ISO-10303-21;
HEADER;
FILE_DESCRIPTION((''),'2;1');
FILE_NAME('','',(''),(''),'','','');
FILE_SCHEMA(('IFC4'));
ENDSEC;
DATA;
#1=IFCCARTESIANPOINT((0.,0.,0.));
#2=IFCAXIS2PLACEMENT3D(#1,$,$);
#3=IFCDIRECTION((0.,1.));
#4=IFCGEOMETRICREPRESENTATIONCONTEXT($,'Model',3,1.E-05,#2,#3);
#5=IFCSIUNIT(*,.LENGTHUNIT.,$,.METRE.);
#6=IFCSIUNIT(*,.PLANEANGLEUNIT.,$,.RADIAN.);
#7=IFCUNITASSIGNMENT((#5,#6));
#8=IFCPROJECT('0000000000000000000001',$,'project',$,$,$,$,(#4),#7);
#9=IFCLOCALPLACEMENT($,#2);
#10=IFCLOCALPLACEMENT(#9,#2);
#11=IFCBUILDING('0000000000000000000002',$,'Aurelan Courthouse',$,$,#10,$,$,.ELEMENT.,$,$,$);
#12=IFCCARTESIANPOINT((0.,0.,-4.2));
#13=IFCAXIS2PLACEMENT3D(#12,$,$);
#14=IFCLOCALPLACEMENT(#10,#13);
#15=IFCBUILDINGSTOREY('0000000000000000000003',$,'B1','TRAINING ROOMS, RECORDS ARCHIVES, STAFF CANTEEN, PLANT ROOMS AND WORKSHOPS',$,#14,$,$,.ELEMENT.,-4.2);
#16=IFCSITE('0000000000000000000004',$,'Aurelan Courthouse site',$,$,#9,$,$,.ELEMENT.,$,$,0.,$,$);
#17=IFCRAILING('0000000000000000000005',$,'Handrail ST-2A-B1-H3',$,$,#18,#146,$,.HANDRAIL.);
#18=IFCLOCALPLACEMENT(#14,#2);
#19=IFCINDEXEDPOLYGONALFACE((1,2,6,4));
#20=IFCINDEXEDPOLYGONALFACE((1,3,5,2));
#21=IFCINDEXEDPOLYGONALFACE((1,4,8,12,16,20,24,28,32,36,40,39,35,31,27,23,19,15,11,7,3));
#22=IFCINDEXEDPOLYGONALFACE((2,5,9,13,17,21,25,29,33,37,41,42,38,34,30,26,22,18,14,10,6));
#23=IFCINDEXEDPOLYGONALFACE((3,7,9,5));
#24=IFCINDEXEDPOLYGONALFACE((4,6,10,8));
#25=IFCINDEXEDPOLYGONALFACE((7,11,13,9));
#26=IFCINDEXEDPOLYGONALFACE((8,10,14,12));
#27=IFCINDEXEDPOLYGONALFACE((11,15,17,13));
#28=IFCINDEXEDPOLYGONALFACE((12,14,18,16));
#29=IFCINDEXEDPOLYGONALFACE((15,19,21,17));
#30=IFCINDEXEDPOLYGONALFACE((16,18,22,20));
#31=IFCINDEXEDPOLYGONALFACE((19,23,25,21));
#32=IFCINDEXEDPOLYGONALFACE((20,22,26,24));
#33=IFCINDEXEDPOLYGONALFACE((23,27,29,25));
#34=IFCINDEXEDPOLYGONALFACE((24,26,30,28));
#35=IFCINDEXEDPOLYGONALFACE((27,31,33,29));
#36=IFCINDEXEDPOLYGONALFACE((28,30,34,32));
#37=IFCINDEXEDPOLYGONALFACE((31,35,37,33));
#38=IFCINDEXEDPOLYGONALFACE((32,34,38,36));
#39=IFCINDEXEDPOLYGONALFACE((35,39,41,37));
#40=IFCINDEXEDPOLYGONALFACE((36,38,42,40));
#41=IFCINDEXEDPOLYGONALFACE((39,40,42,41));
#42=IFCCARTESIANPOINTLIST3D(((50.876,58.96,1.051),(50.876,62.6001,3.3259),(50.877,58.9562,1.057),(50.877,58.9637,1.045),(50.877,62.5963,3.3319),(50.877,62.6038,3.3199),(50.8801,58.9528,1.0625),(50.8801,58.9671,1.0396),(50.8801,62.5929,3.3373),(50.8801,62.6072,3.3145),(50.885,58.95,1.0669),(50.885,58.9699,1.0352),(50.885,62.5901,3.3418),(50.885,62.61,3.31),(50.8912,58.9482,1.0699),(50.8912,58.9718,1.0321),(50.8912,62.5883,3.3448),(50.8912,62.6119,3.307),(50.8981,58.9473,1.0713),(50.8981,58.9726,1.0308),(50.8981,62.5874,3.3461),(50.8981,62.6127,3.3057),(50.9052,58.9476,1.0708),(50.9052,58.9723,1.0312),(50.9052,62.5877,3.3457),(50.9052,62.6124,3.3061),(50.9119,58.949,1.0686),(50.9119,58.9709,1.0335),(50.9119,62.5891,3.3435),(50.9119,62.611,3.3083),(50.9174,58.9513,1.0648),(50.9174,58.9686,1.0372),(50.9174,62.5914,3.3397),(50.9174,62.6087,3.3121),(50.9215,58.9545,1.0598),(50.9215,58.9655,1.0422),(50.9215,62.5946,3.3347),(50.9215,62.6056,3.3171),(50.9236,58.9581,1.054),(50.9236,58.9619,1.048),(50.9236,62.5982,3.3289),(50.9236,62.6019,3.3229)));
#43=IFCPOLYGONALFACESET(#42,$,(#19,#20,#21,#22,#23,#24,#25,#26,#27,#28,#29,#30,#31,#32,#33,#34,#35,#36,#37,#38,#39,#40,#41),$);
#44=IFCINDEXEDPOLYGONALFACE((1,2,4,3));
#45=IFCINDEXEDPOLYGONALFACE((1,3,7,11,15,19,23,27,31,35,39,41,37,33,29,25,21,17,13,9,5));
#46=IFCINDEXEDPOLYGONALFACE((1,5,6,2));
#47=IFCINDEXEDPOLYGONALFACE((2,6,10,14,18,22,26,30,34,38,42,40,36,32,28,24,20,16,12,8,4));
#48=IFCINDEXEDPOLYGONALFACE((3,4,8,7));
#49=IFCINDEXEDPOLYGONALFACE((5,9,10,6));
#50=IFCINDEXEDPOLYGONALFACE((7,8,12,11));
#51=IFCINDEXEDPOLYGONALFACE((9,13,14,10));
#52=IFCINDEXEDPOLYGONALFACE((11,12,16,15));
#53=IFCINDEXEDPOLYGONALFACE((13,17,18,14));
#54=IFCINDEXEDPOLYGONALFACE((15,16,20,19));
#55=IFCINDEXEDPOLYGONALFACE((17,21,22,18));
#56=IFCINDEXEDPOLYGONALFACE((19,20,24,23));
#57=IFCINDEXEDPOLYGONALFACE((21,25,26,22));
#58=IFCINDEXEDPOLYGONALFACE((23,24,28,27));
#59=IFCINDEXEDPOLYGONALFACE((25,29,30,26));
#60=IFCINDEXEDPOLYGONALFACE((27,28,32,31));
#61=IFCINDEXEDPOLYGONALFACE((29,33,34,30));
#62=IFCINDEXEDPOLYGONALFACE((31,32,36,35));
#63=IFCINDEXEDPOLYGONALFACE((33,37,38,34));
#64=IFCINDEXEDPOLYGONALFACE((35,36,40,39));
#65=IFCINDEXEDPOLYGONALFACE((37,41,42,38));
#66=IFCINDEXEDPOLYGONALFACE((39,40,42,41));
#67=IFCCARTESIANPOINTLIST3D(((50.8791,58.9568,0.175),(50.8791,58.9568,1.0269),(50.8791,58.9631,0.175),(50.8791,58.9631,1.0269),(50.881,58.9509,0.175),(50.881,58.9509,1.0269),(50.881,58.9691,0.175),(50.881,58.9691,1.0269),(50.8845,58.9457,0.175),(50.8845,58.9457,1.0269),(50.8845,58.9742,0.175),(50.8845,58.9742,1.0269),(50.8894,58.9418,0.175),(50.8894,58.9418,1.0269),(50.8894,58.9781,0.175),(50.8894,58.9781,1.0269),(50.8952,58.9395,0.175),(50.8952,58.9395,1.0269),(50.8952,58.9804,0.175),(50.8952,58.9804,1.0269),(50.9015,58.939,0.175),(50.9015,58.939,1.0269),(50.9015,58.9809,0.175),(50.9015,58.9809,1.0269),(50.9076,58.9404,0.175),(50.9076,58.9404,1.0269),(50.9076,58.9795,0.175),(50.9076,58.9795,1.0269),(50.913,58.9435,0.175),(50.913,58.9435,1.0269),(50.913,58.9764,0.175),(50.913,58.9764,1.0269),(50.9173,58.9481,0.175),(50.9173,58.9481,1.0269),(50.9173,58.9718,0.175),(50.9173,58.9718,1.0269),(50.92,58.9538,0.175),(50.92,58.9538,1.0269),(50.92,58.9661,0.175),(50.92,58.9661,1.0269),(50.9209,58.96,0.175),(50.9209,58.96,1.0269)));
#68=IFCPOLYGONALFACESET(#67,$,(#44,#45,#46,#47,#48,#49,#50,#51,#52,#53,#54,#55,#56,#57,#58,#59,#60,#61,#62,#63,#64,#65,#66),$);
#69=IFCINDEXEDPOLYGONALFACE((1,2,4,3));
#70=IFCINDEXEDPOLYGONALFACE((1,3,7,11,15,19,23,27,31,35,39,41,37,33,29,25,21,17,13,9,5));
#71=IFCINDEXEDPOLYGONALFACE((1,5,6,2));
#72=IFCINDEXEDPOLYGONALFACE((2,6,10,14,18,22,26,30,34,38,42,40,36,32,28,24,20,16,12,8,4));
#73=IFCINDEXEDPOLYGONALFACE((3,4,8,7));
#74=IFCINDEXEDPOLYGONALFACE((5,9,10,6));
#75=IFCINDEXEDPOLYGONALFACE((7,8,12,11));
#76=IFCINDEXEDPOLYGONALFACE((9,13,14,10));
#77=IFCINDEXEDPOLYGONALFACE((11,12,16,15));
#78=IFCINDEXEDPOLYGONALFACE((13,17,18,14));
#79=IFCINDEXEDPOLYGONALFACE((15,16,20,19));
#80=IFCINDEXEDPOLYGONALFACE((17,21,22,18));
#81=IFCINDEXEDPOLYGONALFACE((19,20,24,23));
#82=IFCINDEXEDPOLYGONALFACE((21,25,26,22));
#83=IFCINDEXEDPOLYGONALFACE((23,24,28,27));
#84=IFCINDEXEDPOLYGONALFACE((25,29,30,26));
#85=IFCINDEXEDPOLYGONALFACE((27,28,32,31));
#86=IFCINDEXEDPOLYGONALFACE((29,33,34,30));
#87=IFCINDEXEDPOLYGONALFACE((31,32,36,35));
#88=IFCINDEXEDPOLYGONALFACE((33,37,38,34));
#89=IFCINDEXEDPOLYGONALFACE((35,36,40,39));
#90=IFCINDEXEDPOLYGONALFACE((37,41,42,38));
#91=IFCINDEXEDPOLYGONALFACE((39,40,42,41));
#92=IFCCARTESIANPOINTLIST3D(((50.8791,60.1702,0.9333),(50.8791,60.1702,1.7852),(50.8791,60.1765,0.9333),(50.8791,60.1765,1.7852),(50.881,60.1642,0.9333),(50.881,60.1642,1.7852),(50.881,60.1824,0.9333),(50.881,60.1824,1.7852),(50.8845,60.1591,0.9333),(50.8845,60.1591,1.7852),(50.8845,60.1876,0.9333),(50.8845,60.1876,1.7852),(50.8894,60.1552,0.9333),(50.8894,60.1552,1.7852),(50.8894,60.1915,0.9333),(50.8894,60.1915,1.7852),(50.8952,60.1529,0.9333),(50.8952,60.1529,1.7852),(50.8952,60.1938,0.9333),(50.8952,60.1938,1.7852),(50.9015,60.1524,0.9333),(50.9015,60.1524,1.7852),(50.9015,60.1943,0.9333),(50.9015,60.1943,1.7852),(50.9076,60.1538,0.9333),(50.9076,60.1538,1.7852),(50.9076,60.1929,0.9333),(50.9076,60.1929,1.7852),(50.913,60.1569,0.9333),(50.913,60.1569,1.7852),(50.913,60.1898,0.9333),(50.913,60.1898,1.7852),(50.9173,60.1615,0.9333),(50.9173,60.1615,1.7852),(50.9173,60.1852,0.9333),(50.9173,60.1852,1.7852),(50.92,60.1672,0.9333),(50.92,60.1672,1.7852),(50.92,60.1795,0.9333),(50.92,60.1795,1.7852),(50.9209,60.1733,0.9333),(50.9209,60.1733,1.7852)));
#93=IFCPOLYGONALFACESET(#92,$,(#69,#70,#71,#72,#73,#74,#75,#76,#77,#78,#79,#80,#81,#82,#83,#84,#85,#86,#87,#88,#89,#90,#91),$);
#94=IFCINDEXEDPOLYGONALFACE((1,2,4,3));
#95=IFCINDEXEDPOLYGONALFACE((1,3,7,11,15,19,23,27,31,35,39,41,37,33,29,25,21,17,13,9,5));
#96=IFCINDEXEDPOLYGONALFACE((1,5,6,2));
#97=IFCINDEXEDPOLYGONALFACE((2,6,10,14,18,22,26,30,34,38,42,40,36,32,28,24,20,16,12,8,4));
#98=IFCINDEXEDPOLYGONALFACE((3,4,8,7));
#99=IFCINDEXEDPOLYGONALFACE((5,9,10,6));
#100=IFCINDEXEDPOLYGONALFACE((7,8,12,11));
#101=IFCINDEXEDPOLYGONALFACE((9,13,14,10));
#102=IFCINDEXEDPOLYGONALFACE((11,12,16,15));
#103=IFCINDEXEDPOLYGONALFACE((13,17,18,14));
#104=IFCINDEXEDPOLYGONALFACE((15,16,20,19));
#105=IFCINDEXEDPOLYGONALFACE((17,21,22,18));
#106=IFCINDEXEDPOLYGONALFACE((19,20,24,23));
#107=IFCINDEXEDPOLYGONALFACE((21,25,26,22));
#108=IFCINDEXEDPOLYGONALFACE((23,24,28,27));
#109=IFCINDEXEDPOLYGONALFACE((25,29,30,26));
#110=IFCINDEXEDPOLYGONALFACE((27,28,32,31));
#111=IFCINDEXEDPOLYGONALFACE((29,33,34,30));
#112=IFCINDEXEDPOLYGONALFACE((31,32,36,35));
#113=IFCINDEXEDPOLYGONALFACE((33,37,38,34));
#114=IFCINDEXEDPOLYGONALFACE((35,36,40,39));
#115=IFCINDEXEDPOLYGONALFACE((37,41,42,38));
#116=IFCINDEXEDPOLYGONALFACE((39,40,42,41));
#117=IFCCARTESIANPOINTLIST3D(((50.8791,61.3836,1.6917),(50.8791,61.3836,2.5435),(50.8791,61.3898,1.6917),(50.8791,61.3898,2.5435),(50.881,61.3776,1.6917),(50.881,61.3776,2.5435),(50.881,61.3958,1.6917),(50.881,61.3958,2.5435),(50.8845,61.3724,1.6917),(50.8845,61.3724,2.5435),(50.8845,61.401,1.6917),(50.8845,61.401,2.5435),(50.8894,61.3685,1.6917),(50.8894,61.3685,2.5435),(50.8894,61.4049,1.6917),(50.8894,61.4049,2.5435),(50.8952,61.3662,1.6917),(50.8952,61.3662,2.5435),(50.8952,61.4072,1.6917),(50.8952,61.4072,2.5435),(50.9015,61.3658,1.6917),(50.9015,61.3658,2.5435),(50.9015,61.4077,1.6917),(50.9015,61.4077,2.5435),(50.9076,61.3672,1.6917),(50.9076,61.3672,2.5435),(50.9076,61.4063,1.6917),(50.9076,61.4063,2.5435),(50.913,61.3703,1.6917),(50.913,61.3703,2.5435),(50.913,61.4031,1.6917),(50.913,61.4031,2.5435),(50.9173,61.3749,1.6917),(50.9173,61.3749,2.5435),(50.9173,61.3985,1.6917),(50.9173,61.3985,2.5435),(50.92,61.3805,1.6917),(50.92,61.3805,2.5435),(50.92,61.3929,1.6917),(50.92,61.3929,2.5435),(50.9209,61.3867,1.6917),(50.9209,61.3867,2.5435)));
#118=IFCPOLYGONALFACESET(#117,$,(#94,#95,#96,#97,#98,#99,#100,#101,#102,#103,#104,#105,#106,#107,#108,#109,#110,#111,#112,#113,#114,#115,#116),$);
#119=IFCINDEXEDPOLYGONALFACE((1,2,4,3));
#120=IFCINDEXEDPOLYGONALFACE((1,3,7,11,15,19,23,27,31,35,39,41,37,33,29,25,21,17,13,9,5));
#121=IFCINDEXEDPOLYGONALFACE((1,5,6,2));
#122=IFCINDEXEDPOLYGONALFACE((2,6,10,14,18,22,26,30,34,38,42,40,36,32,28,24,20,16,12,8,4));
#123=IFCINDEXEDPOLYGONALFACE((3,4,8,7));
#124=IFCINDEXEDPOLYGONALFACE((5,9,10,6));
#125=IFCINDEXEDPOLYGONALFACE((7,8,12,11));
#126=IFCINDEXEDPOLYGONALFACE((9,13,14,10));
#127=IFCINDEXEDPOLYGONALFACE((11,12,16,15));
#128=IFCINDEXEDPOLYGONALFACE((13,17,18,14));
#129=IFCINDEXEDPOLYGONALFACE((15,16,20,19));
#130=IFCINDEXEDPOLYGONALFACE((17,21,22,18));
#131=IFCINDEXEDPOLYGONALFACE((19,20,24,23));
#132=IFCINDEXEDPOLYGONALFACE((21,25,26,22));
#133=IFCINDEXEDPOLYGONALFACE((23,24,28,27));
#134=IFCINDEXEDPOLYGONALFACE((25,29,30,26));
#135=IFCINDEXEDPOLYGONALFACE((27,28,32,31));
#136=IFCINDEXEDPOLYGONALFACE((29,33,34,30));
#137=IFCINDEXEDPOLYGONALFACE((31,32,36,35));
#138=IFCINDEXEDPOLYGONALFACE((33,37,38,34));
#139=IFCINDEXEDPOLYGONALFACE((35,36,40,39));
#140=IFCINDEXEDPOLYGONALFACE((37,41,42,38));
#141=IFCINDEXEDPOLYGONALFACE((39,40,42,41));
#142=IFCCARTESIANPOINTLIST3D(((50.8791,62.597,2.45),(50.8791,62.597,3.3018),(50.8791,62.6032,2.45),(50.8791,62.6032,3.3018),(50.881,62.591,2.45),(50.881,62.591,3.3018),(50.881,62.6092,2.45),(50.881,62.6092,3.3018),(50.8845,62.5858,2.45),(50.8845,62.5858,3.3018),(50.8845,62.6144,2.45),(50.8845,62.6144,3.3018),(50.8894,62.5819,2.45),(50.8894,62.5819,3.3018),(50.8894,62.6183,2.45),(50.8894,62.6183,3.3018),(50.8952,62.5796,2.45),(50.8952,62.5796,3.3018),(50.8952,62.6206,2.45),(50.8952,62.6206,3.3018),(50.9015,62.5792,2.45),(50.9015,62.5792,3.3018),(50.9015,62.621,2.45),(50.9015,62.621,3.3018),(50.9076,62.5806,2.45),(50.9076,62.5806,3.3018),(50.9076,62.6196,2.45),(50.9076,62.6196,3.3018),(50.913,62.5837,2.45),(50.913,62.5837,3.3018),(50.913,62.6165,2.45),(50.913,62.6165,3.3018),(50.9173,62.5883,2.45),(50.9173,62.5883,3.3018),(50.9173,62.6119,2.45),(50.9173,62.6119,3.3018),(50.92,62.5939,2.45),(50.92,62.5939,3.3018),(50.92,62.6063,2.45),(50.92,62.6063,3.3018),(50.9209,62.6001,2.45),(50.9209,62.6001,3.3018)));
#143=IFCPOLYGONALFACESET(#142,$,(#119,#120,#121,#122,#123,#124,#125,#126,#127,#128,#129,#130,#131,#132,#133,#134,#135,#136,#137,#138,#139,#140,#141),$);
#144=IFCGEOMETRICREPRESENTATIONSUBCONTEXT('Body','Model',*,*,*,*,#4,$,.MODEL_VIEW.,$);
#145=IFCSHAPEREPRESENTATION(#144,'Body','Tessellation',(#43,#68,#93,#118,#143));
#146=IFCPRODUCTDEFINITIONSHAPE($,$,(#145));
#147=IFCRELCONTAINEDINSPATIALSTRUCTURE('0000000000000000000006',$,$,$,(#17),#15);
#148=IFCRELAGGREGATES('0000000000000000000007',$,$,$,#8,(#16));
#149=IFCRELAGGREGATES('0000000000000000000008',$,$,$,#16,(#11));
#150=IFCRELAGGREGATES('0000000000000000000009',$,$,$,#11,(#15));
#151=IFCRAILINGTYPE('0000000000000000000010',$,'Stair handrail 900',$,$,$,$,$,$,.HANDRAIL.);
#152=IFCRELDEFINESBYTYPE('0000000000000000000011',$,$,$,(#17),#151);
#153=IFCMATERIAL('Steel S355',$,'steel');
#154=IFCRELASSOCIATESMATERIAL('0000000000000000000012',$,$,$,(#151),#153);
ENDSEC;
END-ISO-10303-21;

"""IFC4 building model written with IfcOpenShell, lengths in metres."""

from ifc_helpers import new_model, si_unit, direction, frame, origin, origin_2d, place, context, subcontext, project, spatial, circle, extrude, material, type_object, element, save


model = new_model("IFC4")

# Units and contexts
model_context = context("Model", 3, precision=1e-05, world=origin(), true_north=direction((0.0, 1.0)))
body_context = subcontext(model_context, "Body", "Model", "MODEL_VIEW")
ifc_project = project(units=[si_unit("LENGTHUNIT", "METRE"), si_unit("PLANEANGLEUNIT", "RADIAN")], contexts=[model_context])

# Site, building, storey
site_placement = place(None, origin())
site = spatial("IfcSite", under=ifc_project, at=site_placement, Name="Aurelan Courthouse site", CompositionType="ELEMENT", RefElevation=0.0)
building_placement = place(site_placement, origin())
building = spatial("IfcBuilding", under=site, at=building_placement, Name="Aurelan Courthouse", CompositionType="ELEMENT")
storey_placement = place(building_placement, frame((0.0, 0.0, -4.2)))
storey = spatial("IfcBuildingStorey", under=building, at=storey_placement, Name="B1", Description="TRAINING ROOMS, RECORDS ARCHIVES, STAFF CANTEEN, PLANT ROOMS AND WORKSHOPS", CompositionType="ELEMENT", Elevation=-4.2)

# Railing
ifc_material_1 = material(Name="Steel S355", Category="steel")
railing_type_1 = type_object("IfcRailingType", Name="Stair handrail 900", PredefinedType="HANDRAIL", material=ifc_material_1)
for number, where, name in (
    (1, (50.8999, 58.96, 0.175), "Handrail ST-2A-B1-H3"),
):
    element("IfcRailing", number, at=place(storey_placement, frame(where)), inside=storey, type_object=railing_type_1, Name=name, PredefinedType="HANDRAIL", context=body_context, shape_type="SweptSolid", body=[
        extrude(circle(Radius=0.0239, at=origin_2d()), frame((0.0, 0.0, 0.876), z_axis=(0.0, 0.848017, 0.529968), x_axis=(-1.0, 0.0, 0.0)), (0.0, 0.0, 1.0), 4.2925),
        extrude(circle(Radius=0.021, at=origin_2d()), origin(), (0.0, 0.0, 1.0), 0.8518),
        extrude(circle(Radius=0.021, at=origin_2d()), frame((0.0, 1.2134, 0.7583)), (0.0, 0.0, 1.0), 0.8518),
        extrude(circle(Radius=0.021, at=origin_2d()), frame((0.0, 2.4268, 1.5166)), (0.0, 0.0, 1.0), 0.8518),
        extrude(circle(Radius=0.021, at=origin_2d()), frame((0.0, 3.6401, 2.2749)), (0.0, 0.0, 1.0), 0.8518),
    ])

save(model, "model.ifc")
